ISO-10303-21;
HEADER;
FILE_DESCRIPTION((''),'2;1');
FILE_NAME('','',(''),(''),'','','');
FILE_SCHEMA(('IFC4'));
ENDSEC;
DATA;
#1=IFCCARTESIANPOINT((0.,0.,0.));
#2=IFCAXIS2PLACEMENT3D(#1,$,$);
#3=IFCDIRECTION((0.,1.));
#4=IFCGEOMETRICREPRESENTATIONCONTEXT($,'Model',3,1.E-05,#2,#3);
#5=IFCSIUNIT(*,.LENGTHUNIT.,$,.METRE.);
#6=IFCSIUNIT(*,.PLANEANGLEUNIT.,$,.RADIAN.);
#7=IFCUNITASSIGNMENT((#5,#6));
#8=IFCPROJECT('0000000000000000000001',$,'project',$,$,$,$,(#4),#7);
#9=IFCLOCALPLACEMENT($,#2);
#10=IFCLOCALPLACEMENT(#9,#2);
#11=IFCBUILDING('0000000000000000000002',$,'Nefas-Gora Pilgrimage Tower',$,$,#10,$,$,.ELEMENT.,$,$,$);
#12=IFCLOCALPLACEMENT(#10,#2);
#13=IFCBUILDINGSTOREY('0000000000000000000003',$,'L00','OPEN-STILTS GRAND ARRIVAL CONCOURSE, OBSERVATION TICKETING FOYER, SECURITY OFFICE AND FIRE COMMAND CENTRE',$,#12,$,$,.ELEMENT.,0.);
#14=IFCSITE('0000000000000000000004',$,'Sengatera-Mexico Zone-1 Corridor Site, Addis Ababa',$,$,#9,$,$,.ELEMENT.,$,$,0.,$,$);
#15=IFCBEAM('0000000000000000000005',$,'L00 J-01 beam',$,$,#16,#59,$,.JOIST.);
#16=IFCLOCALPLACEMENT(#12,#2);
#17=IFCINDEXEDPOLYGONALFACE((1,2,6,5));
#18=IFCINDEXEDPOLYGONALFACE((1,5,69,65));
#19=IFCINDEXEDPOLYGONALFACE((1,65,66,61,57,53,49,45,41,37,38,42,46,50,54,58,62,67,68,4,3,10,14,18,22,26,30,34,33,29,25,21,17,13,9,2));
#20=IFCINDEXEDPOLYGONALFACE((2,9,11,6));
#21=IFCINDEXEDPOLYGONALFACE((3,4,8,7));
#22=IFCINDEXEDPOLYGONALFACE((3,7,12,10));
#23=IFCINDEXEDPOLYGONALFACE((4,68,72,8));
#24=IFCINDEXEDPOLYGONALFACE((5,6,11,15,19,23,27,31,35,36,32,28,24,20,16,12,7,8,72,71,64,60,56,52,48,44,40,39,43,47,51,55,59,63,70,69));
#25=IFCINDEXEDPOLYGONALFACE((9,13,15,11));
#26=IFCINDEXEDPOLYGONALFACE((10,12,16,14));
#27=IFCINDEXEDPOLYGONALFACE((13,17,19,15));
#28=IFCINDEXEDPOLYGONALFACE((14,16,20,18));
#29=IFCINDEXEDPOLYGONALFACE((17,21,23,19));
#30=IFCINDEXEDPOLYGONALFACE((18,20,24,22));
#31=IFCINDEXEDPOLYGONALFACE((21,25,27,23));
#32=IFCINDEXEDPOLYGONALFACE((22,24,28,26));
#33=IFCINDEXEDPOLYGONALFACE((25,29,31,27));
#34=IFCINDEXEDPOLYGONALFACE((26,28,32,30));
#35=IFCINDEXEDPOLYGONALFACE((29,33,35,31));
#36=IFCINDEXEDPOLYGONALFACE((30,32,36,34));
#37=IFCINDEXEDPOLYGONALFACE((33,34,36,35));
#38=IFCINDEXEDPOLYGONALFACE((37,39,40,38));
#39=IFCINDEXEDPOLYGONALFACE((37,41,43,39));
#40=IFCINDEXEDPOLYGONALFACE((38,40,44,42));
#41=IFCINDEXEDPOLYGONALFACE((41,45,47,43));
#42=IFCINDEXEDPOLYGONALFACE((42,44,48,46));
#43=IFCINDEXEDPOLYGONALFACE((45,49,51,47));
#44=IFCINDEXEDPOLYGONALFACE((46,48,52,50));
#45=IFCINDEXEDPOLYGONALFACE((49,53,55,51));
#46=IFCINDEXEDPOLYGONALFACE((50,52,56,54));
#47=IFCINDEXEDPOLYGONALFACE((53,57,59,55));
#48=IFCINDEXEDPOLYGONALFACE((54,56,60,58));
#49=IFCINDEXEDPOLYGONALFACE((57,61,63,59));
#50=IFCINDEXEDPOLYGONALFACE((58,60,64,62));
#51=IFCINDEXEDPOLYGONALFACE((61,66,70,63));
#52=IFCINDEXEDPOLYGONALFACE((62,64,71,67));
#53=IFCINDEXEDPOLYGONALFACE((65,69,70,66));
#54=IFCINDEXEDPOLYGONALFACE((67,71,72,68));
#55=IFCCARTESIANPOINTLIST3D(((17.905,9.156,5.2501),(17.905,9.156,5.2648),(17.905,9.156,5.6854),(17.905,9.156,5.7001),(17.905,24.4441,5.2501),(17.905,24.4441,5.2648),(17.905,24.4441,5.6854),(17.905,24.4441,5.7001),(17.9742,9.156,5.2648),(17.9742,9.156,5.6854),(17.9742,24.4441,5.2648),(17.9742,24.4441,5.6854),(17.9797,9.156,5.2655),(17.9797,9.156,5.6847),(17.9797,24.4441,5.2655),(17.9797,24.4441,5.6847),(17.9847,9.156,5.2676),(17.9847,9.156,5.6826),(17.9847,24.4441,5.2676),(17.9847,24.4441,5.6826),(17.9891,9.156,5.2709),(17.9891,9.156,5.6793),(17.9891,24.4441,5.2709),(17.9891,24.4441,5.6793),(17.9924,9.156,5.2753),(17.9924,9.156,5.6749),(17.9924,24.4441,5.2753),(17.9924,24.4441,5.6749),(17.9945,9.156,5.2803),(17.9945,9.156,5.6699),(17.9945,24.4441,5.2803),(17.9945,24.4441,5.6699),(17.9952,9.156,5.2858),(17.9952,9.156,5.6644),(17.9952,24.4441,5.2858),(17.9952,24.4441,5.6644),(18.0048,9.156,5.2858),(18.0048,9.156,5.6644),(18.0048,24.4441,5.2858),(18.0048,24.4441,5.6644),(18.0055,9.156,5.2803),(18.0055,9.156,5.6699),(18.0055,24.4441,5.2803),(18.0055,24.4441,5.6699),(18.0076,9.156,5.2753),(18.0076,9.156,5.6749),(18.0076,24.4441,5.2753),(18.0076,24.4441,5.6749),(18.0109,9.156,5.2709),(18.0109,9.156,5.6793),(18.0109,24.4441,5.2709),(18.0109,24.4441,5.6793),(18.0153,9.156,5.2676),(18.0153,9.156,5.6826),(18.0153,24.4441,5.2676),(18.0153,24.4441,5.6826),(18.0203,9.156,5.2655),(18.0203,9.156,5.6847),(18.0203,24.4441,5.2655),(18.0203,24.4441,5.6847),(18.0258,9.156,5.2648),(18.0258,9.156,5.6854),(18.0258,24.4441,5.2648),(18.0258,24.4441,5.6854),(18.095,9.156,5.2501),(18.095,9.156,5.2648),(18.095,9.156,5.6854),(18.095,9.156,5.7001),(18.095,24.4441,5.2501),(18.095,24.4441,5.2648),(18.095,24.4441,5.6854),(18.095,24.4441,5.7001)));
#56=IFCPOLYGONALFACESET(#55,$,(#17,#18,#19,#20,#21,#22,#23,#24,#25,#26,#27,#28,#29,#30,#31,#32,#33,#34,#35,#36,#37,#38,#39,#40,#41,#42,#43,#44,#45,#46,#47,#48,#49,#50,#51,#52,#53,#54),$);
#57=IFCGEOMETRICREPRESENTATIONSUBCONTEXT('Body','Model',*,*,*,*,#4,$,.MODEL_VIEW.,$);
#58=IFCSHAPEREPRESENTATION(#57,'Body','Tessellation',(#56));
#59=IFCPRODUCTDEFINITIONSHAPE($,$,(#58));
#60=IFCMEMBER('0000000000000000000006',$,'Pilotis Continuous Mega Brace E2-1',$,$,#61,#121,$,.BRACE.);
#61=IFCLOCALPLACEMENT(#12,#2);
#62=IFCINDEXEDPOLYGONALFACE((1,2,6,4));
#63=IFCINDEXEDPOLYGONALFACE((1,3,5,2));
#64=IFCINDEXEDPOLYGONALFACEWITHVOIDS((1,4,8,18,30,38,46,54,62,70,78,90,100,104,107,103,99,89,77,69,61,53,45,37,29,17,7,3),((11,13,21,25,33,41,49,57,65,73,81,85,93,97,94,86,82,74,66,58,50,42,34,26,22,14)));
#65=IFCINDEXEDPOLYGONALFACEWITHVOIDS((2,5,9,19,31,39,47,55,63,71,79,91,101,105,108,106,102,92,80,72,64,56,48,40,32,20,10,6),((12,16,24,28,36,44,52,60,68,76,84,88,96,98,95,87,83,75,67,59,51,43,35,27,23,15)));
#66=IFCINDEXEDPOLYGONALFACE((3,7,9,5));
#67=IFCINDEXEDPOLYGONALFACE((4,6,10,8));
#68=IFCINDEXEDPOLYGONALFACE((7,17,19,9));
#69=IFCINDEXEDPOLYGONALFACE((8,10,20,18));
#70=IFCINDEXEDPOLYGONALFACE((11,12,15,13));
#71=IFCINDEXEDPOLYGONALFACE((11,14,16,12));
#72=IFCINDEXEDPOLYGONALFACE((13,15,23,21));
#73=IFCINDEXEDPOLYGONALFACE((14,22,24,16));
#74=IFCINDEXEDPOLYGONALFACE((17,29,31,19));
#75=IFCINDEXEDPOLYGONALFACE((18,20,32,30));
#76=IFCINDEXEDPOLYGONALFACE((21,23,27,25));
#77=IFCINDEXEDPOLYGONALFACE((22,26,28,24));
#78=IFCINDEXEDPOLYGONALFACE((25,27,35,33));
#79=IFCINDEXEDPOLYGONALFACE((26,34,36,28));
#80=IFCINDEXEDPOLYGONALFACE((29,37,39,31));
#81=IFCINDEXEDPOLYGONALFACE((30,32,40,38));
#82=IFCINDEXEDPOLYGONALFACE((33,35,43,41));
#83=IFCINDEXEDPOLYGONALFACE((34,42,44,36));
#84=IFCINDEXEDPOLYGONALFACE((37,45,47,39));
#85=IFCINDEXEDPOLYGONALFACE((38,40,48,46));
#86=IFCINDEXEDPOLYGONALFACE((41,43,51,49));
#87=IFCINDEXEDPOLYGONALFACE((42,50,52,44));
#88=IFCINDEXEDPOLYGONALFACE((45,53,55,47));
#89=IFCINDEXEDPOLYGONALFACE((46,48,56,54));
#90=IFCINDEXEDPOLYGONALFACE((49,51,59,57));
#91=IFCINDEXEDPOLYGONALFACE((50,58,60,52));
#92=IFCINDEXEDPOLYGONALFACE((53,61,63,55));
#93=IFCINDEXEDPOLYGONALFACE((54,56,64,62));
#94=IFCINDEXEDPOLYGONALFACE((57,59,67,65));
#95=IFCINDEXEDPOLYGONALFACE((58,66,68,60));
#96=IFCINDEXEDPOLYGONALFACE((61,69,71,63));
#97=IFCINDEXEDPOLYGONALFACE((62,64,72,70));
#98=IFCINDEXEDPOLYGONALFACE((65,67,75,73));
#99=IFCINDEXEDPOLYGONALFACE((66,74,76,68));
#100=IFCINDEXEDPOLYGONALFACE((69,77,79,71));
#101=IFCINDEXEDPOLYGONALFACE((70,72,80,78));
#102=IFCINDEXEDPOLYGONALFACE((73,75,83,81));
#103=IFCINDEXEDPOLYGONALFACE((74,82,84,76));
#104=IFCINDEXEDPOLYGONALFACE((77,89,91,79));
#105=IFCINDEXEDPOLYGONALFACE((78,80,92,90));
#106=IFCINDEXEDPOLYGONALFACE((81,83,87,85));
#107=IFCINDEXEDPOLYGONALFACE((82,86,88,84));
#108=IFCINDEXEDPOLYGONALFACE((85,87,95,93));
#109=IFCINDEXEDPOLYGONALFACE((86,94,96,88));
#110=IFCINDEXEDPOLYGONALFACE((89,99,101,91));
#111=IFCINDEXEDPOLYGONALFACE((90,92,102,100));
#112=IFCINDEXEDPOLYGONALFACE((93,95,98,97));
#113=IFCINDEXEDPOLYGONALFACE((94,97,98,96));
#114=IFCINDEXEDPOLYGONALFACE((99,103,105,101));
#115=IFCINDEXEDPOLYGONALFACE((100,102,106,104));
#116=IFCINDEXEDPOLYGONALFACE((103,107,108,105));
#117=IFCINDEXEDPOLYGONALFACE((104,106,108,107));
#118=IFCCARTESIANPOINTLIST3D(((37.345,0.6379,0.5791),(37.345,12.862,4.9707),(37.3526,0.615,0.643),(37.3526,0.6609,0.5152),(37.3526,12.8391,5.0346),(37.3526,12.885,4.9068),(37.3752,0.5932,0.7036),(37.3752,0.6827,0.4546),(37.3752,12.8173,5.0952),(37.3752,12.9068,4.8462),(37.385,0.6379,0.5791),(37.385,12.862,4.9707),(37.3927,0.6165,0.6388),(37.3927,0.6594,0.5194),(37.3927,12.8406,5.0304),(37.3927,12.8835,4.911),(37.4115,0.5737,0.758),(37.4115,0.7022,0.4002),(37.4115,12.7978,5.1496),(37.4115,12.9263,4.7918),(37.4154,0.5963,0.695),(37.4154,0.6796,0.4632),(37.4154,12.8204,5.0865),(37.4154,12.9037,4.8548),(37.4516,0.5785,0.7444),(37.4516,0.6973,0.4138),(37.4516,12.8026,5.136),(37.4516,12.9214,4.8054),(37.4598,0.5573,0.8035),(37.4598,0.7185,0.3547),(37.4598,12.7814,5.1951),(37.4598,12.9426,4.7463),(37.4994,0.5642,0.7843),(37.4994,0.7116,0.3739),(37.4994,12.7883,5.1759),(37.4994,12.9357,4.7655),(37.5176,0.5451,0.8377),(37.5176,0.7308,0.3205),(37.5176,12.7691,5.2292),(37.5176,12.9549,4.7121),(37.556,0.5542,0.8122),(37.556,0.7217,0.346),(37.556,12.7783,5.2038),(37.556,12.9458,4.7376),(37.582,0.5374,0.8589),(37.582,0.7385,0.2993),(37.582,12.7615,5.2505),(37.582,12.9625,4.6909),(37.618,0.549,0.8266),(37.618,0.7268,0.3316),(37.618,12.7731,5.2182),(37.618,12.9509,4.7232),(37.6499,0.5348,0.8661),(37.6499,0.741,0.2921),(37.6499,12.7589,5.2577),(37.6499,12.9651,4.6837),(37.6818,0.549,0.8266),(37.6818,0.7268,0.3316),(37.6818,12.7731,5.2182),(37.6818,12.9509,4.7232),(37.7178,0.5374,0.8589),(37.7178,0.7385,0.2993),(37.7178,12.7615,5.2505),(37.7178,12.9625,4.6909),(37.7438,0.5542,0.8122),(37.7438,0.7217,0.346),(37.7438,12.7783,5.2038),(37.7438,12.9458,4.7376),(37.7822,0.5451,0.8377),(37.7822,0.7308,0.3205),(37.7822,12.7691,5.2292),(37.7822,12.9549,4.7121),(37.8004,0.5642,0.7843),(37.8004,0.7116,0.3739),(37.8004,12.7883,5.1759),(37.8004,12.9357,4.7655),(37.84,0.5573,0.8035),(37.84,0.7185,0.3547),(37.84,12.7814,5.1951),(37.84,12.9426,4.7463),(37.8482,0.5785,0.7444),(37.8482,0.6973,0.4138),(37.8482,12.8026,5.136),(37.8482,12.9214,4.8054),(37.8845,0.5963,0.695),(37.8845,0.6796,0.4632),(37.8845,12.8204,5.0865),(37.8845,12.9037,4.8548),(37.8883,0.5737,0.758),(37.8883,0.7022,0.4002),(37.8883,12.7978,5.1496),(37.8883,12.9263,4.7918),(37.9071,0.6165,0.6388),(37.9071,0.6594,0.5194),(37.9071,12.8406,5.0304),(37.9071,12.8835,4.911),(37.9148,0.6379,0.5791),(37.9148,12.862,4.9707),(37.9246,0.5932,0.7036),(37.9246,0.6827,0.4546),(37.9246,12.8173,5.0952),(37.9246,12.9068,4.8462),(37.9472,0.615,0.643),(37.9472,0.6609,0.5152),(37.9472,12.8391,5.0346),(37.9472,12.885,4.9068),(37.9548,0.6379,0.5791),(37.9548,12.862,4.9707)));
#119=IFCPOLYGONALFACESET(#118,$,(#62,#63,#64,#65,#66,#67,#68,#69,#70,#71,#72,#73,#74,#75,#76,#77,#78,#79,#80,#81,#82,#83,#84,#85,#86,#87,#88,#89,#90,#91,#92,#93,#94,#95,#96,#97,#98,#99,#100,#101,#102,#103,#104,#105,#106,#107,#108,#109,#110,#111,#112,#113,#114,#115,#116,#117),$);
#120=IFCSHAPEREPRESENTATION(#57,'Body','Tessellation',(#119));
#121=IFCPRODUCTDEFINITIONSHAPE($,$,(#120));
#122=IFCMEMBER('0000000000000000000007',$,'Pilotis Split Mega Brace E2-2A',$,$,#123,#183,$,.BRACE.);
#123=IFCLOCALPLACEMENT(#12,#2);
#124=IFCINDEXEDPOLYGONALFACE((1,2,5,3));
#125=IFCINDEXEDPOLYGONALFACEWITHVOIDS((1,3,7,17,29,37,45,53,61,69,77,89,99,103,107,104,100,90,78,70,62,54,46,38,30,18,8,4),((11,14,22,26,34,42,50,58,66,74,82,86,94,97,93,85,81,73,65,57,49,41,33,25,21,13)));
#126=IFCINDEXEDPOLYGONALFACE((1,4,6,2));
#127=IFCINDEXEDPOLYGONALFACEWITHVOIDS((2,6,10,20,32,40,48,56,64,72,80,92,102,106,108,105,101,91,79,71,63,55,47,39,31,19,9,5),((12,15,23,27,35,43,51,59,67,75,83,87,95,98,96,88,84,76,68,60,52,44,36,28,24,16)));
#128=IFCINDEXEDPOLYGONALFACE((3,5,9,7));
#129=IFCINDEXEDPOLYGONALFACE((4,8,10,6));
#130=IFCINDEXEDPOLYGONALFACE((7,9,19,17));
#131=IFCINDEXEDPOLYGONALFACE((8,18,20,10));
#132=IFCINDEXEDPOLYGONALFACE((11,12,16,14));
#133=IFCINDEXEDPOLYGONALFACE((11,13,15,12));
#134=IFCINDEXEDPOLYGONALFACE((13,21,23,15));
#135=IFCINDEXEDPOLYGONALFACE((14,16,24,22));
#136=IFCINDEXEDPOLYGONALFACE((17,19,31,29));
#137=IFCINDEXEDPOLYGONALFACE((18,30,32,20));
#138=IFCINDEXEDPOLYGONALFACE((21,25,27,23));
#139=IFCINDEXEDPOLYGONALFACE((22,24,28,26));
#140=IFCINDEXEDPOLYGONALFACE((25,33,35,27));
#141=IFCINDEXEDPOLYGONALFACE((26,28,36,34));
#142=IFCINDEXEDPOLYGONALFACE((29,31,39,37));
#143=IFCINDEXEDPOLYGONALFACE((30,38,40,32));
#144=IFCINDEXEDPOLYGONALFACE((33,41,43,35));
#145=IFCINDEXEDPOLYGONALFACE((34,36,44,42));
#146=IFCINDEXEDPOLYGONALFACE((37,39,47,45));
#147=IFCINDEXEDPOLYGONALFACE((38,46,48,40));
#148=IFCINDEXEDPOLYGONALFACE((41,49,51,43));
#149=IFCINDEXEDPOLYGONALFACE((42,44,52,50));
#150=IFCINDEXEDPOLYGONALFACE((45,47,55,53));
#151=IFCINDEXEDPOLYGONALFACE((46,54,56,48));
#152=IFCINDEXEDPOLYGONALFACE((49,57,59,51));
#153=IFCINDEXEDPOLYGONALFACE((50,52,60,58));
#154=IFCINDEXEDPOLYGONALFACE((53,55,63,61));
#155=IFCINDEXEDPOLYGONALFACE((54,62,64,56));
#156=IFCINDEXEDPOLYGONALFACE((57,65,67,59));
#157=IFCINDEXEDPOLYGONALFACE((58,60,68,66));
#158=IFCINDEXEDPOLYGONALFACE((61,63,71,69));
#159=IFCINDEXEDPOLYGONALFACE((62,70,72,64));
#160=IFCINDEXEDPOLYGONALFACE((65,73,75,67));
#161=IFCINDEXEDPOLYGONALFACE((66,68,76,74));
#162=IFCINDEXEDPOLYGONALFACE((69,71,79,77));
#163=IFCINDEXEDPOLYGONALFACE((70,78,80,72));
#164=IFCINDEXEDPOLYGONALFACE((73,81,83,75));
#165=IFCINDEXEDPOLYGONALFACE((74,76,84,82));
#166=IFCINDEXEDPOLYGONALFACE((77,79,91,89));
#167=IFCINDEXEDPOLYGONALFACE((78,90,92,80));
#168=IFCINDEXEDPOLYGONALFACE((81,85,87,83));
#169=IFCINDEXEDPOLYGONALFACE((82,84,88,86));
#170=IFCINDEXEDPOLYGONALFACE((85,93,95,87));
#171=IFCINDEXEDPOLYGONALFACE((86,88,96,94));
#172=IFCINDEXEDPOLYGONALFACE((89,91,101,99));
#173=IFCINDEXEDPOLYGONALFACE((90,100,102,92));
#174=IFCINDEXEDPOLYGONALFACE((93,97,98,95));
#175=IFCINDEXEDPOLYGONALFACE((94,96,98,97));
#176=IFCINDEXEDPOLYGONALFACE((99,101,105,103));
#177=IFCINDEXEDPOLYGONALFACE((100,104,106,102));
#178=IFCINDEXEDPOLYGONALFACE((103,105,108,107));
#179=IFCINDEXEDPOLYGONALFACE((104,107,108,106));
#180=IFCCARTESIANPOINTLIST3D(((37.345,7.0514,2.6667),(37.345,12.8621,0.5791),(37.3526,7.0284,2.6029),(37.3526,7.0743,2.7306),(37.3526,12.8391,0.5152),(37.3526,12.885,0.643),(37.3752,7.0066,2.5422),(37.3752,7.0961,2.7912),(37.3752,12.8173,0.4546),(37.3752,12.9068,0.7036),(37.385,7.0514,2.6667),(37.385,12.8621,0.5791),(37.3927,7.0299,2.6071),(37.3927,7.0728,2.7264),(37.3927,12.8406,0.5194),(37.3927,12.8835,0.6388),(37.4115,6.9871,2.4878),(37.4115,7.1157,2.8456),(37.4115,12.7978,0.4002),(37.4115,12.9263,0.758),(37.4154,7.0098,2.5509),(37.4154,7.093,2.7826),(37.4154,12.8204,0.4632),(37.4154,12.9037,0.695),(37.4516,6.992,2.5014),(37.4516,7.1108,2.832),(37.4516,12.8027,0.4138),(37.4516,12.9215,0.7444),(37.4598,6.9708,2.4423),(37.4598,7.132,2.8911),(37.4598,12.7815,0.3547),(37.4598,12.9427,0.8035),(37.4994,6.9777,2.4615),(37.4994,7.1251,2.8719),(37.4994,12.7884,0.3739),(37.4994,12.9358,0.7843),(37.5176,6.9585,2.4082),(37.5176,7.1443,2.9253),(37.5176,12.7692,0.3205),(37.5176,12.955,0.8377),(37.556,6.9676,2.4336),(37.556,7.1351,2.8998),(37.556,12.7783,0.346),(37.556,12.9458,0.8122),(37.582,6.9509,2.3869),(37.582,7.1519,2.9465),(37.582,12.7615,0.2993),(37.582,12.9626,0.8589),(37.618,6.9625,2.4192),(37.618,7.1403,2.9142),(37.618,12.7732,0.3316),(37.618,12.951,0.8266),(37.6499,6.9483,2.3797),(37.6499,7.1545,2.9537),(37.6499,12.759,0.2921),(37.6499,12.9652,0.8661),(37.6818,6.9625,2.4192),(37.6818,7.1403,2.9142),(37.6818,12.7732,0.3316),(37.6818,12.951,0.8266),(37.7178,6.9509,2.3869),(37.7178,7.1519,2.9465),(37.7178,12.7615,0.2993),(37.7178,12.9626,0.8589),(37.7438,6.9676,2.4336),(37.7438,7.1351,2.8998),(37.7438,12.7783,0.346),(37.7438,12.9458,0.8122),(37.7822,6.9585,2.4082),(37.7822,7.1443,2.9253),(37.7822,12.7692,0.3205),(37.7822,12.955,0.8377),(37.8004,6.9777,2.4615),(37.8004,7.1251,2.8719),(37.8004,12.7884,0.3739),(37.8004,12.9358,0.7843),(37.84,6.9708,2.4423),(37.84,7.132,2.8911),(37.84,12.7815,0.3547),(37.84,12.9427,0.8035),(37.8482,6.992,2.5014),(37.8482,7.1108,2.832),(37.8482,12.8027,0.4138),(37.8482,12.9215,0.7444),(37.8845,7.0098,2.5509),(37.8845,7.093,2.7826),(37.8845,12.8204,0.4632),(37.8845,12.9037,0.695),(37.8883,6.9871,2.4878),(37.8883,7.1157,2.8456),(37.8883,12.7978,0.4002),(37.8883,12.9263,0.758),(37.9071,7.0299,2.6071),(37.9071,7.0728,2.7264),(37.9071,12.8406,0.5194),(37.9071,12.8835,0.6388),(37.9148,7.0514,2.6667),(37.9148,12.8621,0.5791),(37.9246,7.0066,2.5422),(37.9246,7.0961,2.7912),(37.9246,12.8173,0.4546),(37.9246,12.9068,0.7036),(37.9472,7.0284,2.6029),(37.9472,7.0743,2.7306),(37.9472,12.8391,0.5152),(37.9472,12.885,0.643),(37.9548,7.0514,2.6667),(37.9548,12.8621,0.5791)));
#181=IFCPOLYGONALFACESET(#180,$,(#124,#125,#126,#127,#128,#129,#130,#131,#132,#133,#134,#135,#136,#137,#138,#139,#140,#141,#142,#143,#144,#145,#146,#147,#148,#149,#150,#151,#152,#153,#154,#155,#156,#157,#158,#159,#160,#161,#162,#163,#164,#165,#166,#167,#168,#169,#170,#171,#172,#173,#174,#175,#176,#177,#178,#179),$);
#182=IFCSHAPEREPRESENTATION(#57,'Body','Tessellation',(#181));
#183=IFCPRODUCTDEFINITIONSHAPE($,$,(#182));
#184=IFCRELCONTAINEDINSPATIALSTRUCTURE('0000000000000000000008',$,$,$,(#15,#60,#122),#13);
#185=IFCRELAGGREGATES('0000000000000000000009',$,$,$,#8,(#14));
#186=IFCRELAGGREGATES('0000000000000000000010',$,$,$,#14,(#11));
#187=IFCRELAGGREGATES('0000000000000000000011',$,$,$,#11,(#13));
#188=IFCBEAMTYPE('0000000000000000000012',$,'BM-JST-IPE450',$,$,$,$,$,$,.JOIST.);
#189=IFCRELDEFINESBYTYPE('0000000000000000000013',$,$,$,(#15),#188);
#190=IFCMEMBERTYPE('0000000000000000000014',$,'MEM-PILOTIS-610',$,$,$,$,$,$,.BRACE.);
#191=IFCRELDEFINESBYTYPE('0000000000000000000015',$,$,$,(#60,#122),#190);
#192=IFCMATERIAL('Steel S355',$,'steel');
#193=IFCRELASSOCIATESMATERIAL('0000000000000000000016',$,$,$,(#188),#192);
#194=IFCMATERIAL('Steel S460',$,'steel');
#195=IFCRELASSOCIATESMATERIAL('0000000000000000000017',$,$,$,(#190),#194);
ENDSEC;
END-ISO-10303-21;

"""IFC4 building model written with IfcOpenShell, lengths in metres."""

from ifc_helpers import new_model, si_unit, direction, frame, origin, origin_2d, place, context, subcontext, project, spatial, hollow_circle, i_section, extrude, source, transform, mapped, material, material_profile, profile_set, type_object, element, save


model = new_model("IFC4")

# Units and contexts
model_context = context("Model", 3, precision=1e-05, world=origin(), true_north=direction((0.0, 1.0)))
body_context = subcontext(model_context, "Body", "Model", "MODEL_VIEW")
ifc_project = project(units=[si_unit("LENGTHUNIT", "METRE"), si_unit("PLANEANGLEUNIT", "RADIAN")], contexts=[model_context])

# Site, building, storey
site_placement = place(None, origin())
site = spatial("IfcSite", under=ifc_project, at=site_placement, Name="Sengatera-Mexico Zone-1 Corridor Site, Addis Ababa", CompositionType="ELEMENT", RefElevation=0.0)
building_placement = place(site_placement, origin())
building = spatial("IfcBuilding", under=site, at=building_placement, Name="Nefas-Gora Pilgrimage Tower", CompositionType="ELEMENT")
storey_placement = place(building_placement, origin())
storey = spatial("IfcBuildingStorey", under=building, at=storey_placement, Name="L00", Description="OPEN-STILTS GRAND ARRIVAL CONCOURSE, OBSERVATION TICKETING FOYER, SECURITY OFFICE AND FIRE COMMAND CENTRE", CompositionType="ELEMENT", Elevation=0.0)

# Shared definitions
ifc_material_1 = material(Name="Steel S460", Category="steel")

# Beam
ifc_material_2 = material(Name="Steel S355", Category="steel")
ifc_material_profile_1 = material_profile(ifc_material_2, i_section(OverallWidth=0.1899, OverallDepth=0.45, WebThickness=0.0095, FlangeThickness=0.0146, FilletRadius=0.021, at=origin_2d()), Name="IPE 450")
ifc_profile_set_1 = profile_set([ifc_material_profile_1], Name="Steel S355")
beam_type_1 = type_object("IfcBeamType", Name="BM-JST-IPE450", PredefinedType="JOIST", material=ifc_profile_set_1)
shared_shape_1 = source(origin(), body_context, "Body", "SweptSolid", [
    extrude(i_section(OverallWidth=0.1899, OverallDepth=0.45, WebThickness=0.0095, FlangeThickness=0.0146, FilletRadius=0.021, at=origin_2d()), origin(), (0.0, 0.0, 1.0), 15.2881),
])
beam_1_placement = place(storey_placement, frame((18.0, 9.156, 5.4751), z_axis=(0.0, 1.0, 0.0), x_axis=(-1.0, 0.0, 0.0)))
element("IfcBeam", 1, at=beam_1_placement, inside=storey, type_object=beam_type_1, Name="L00 J-01 beam", PredefinedType="JOIST", context=body_context, shape_type="MappedRepresentation", body=[
    mapped(shared_shape_1, transform((0.0, 0.0, 0.0), x_axis=(1.0, 0.0, 0.0), y_axis=(0.0, 1.0, 0.0), z_axis=(0.0, 0.0, 1.0), scale=1.0)),
])

# Members
ifc_material_profile_2 = material_profile(ifc_material_1, hollow_circle(Radius=0.3049, WallThickness=0.04, at=origin_2d()), Name="CHS 610x40")
ifc_profile_set_2 = profile_set([ifc_material_profile_2], Name="Steel S460")
member_type = type_object("IfcMemberType", Name="MEM-PILOTIS-610", PredefinedType="BRACE", material=ifc_profile_set_2)
shared_shape_2 = source(origin(), body_context, "Body", "SweptSolid", [
    extrude(hollow_circle(Radius=0.3049, WallThickness=0.04, at=origin_2d()), origin(), (0.0, 0.0, 1.0), 12.989),
])
member_placement = place(storey_placement, frame((37.6499, 0.6379, 0.5791), z_axis=(0.0, 0.94111, 0.3381), x_axis=(-1.0, 0.0, 0.0)))
element("IfcMember", 2, at=member_placement, inside=storey, type_object=member_type, Name="Pilotis Continuous Mega Brace E2-1", PredefinedType="BRACE", context=body_context, shape_type="MappedRepresentation", body=[
    mapped(shared_shape_2, transform((0.0, 0.0, 0.0), x_axis=(1.0, 0.0, 0.0), y_axis=(0.0, 1.0, 0.0), z_axis=(0.0, 0.0, 1.0), scale=1.0)),
])
shared_shape_3 = source(origin(), body_context, "Body", "SweptSolid", [
    extrude(hollow_circle(Radius=0.3049, WallThickness=0.04, at=origin_2d()), origin(), (0.0, 0.0, 1.0), 6.1743),
])
for number, where, z_axis, x_axis, name in (
    (3, (37.6499, 12.8621, 0.5791), (0.0, -0.941106, 0.338112), (1.0, 0.0, 0.0), "Pilotis Split Mega Brace E2-2A"),
):
    element("IfcMember", number, at=place(storey_placement, frame(where, z_axis=z_axis, x_axis=x_axis)), inside=storey, type_object=member_type, Name=name, PredefinedType="BRACE", context=body_context, shape_type="MappedRepresentation", body=[
        mapped(shared_shape_3, transform((0.0, 0.0, 0.0), x_axis=(1.0, 0.0, 0.0), y_axis=(0.0, 1.0, 0.0), z_axis=(0.0, 0.0, 1.0), scale=1.0)),
    ])

save(model, "model.ifc")
